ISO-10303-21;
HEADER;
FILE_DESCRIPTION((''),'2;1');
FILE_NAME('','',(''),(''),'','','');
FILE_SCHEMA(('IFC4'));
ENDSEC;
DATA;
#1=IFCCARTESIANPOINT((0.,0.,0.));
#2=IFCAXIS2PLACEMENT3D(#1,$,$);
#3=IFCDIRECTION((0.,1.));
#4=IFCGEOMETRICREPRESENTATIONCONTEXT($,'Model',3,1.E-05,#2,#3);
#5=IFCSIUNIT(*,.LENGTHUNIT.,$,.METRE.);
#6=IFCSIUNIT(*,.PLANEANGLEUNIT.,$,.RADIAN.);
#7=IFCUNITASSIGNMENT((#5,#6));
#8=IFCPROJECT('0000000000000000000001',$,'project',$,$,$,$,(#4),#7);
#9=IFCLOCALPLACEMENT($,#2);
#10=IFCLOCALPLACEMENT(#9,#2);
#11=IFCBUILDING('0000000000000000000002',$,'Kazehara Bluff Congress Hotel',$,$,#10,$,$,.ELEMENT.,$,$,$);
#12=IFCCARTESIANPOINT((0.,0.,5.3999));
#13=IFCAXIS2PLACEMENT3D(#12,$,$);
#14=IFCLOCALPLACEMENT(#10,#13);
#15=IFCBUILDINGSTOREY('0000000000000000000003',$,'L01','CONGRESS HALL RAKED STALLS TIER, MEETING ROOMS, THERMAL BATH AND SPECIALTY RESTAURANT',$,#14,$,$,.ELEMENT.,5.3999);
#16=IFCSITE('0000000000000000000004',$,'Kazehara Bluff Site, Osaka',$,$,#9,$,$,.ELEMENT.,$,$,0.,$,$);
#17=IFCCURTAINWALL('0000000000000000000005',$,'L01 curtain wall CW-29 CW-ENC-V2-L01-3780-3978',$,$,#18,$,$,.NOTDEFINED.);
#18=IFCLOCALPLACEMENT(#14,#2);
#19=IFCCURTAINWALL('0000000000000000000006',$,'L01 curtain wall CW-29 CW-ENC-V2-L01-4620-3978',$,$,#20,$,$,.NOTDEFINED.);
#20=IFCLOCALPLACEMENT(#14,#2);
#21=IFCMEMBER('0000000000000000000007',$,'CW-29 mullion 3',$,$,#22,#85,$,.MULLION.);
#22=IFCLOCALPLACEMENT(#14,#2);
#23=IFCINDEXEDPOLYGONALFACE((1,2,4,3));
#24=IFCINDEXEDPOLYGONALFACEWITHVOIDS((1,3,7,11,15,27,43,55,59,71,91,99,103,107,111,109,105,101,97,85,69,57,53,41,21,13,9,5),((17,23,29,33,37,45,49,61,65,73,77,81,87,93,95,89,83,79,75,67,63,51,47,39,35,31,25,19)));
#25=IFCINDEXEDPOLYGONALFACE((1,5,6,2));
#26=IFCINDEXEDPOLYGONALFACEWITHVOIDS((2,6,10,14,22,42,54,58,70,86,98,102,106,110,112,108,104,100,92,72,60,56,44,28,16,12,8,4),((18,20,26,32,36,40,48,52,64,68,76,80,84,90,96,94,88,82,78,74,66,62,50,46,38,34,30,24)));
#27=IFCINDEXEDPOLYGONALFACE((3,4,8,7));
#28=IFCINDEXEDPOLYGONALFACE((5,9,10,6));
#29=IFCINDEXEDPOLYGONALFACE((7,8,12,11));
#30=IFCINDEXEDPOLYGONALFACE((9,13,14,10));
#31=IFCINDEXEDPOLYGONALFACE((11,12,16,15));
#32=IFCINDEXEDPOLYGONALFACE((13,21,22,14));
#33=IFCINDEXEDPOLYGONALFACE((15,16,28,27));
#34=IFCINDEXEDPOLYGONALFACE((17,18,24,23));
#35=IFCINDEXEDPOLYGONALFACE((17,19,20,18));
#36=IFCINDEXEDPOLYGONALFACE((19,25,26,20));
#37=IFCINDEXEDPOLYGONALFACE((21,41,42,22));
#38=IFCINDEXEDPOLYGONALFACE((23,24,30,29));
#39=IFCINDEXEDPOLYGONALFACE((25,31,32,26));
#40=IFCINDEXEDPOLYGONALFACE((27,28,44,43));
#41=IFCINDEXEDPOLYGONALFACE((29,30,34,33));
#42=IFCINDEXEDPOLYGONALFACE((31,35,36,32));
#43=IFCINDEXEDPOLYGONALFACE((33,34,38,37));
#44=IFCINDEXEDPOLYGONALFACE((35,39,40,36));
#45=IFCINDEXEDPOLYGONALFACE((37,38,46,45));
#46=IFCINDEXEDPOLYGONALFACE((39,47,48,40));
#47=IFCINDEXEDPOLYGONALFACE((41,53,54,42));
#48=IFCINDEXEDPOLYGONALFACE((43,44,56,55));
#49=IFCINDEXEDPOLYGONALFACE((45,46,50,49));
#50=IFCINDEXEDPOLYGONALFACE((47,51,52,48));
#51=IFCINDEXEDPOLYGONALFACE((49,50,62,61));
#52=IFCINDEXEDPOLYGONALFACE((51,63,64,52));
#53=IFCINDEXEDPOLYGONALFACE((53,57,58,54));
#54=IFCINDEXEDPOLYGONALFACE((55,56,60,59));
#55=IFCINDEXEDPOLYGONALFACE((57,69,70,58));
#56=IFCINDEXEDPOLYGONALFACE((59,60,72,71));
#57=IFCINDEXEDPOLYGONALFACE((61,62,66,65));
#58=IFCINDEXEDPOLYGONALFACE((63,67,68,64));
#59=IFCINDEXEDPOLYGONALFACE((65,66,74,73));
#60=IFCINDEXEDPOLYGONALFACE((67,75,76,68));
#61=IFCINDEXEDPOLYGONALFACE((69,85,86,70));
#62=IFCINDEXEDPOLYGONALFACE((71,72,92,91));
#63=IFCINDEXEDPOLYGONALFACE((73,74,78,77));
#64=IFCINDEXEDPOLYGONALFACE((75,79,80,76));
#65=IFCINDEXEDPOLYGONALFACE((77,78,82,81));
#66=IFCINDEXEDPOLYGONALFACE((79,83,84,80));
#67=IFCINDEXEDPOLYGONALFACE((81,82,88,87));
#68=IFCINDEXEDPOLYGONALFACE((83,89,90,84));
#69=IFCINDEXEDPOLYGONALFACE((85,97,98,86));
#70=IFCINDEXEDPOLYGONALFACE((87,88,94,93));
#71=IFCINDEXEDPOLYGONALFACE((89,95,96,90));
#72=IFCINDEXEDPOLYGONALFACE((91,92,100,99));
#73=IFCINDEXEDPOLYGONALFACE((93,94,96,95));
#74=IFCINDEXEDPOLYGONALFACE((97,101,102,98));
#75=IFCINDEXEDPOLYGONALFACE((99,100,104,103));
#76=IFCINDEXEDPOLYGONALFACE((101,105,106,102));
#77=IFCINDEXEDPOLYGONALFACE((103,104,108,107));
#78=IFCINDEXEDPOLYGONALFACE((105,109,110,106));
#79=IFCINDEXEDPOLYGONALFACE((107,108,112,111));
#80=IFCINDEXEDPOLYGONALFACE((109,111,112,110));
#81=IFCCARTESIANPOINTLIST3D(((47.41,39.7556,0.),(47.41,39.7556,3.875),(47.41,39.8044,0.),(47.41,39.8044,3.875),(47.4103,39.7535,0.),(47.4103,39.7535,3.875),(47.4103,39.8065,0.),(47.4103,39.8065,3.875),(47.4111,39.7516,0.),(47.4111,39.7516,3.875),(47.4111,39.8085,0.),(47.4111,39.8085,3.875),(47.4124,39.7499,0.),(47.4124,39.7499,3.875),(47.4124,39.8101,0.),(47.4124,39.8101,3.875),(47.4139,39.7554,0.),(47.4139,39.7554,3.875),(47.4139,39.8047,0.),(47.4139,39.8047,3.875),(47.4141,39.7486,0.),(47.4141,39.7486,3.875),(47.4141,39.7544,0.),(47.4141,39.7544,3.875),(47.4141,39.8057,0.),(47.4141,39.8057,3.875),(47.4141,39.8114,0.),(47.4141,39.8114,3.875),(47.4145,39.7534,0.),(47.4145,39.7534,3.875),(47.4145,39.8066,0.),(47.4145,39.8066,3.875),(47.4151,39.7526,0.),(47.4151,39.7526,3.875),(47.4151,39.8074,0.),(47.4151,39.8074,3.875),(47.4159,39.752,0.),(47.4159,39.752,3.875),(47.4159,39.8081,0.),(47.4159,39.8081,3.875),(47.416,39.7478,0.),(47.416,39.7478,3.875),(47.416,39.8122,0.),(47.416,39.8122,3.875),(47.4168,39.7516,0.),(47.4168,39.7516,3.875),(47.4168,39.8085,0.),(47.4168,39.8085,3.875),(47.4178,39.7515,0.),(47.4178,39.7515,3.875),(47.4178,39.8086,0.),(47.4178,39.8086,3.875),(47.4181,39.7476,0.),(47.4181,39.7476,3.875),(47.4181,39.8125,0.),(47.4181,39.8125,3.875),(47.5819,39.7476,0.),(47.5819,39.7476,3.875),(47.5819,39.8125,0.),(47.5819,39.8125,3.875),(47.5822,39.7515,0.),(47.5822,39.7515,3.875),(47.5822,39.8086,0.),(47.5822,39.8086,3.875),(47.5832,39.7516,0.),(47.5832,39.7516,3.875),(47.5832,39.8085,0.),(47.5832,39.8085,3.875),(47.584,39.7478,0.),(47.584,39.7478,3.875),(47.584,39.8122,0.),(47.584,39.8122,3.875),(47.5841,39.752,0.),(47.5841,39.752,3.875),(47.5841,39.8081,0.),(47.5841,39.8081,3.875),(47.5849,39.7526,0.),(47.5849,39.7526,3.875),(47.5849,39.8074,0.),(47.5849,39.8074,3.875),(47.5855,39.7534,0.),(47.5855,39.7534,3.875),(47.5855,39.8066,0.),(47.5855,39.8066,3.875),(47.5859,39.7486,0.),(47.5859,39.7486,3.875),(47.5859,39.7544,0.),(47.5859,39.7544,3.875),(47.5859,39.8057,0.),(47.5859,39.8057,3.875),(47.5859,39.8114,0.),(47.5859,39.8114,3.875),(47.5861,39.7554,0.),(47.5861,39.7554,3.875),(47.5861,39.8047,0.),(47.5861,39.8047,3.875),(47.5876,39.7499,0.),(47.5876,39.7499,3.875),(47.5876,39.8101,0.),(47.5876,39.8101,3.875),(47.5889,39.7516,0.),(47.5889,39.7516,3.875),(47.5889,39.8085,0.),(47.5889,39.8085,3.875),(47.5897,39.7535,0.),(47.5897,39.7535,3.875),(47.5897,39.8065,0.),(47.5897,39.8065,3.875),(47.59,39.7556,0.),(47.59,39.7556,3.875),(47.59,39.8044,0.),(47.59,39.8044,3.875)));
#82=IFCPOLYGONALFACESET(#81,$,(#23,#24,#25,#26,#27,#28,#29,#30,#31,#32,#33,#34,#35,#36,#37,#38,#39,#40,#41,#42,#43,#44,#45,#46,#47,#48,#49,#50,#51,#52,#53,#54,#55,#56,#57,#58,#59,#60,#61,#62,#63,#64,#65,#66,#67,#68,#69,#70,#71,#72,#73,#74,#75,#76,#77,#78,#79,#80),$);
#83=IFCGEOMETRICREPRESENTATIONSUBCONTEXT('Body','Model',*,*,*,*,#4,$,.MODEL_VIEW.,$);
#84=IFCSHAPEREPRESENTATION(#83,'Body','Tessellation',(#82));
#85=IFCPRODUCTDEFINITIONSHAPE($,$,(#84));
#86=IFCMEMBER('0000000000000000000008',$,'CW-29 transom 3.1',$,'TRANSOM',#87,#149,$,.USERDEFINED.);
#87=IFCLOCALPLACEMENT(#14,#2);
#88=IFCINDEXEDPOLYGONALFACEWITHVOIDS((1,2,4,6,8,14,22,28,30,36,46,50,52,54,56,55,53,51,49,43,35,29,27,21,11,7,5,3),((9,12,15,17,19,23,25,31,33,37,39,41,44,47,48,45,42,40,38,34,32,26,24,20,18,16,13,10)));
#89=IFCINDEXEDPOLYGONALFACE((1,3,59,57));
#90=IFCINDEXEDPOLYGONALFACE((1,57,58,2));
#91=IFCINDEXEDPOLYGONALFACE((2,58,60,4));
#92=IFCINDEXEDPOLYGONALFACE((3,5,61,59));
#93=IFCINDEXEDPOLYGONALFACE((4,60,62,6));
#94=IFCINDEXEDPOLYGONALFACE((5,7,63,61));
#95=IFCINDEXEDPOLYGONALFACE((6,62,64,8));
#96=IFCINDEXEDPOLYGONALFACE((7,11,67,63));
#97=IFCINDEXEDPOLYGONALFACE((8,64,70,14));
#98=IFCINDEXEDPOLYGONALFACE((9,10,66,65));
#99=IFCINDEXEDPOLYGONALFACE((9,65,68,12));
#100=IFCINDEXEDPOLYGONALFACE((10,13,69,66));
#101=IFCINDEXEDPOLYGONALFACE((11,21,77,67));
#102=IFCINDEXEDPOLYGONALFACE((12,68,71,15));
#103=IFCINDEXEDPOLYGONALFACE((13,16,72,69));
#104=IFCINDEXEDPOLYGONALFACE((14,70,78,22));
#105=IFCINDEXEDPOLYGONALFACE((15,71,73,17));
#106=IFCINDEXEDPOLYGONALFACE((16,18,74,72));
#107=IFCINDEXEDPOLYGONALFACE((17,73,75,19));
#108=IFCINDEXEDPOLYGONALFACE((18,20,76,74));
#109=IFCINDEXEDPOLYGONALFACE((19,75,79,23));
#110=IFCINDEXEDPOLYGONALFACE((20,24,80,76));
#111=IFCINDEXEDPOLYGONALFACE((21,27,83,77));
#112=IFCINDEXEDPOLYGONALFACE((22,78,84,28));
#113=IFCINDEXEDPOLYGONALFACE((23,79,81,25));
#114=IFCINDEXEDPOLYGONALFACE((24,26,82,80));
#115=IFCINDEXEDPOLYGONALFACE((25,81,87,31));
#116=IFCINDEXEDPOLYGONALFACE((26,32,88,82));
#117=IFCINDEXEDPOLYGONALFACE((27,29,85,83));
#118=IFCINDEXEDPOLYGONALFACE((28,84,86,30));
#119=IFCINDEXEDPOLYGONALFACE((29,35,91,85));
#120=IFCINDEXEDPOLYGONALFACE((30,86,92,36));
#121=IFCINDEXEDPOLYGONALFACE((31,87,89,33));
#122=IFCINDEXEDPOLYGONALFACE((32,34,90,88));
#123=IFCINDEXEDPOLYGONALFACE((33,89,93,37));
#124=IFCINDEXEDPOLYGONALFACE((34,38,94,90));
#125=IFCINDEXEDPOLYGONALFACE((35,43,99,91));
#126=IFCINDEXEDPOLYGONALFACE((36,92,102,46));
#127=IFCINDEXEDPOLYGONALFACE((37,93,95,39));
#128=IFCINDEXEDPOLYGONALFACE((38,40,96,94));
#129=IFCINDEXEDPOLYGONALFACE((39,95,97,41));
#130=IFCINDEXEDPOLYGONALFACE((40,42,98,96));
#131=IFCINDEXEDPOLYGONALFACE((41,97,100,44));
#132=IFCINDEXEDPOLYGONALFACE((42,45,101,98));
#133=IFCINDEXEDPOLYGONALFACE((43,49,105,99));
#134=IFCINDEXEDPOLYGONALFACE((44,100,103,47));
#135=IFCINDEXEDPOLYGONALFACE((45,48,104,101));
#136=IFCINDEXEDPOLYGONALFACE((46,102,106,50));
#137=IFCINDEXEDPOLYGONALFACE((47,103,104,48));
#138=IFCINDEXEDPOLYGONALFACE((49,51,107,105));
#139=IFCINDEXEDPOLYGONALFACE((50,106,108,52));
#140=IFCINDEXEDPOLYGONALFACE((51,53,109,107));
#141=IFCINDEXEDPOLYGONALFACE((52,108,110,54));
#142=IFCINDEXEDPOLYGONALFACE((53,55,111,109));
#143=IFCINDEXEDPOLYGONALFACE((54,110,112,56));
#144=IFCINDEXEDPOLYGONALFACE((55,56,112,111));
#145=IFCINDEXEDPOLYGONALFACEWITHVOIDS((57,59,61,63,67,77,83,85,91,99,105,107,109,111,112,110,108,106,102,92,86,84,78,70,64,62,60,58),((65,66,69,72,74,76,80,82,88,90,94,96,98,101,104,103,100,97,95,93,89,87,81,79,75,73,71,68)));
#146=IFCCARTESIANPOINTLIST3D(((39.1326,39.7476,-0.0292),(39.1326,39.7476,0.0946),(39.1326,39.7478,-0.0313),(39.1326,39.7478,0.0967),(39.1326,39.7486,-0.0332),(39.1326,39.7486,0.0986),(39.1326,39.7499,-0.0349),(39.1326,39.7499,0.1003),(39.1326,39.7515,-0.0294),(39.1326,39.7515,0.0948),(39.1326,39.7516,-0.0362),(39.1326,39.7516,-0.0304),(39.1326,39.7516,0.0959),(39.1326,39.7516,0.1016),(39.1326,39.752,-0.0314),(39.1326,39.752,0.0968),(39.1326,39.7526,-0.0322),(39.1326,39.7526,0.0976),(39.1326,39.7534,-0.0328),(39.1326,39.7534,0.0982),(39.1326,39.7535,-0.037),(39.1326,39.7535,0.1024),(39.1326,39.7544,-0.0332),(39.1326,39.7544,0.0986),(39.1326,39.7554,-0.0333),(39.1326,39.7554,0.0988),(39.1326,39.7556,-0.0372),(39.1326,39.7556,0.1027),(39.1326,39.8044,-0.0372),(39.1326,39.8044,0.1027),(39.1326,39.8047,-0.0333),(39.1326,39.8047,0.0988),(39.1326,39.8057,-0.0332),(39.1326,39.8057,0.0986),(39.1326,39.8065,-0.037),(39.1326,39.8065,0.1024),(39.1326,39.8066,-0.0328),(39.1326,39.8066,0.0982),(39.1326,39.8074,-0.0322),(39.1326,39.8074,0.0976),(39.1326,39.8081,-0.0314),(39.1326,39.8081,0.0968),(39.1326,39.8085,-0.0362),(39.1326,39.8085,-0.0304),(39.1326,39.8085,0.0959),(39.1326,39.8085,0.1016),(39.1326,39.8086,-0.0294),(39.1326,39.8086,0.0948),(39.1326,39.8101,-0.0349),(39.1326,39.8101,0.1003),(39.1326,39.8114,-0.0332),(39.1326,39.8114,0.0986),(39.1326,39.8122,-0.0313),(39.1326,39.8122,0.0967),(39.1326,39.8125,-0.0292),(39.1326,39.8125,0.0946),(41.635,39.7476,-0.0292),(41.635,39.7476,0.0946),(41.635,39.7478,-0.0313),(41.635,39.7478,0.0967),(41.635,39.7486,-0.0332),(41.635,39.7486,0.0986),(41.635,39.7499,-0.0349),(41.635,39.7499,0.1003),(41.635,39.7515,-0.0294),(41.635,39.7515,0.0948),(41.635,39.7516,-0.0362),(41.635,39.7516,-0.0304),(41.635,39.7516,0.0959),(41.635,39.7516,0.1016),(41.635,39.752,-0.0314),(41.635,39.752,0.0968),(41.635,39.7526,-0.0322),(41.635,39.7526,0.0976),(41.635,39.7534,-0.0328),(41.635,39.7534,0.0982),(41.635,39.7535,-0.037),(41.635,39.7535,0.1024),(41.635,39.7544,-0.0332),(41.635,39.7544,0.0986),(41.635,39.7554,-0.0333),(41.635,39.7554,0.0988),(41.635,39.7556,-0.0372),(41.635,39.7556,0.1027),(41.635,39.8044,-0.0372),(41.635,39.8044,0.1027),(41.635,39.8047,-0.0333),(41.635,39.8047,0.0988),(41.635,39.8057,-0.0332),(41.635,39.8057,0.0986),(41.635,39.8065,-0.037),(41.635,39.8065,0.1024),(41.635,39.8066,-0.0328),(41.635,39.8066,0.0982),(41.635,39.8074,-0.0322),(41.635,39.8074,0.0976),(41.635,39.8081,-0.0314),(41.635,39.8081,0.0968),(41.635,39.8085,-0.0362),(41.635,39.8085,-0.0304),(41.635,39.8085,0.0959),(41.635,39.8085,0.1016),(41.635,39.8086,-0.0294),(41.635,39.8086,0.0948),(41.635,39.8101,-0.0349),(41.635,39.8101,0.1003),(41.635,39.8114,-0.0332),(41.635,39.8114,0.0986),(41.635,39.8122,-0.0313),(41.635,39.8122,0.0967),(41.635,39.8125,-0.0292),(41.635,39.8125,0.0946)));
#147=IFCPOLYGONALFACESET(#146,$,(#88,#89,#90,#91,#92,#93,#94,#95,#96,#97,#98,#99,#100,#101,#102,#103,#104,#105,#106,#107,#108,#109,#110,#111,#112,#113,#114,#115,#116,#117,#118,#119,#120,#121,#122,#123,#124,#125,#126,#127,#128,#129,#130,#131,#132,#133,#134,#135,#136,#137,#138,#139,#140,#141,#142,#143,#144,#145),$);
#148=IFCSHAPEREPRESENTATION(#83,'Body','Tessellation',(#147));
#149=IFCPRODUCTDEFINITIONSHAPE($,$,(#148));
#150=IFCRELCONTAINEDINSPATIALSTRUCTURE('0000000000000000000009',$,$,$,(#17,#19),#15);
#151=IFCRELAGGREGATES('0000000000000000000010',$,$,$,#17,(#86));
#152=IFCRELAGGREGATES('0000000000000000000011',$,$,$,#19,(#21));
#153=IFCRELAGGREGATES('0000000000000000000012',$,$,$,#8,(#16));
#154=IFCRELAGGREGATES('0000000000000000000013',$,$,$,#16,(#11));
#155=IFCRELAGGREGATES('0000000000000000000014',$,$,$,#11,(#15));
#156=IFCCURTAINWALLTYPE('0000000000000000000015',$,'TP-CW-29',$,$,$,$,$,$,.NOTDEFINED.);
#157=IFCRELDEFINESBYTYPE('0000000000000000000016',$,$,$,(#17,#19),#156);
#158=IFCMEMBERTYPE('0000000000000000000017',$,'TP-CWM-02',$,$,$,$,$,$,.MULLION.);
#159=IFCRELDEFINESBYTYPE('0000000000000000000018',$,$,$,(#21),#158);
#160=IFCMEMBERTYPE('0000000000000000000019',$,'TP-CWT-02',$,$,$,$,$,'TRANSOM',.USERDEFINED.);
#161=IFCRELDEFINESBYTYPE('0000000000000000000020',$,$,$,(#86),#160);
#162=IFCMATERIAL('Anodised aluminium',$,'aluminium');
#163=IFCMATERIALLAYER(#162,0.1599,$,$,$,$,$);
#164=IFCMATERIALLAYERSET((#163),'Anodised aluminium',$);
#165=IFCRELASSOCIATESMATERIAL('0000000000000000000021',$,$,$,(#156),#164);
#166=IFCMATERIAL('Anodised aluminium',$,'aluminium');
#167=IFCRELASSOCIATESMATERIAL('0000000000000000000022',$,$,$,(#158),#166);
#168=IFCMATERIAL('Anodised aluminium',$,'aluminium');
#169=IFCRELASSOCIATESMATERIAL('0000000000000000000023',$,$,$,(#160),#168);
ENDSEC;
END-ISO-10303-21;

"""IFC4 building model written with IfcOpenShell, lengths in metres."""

from ifc_helpers import new_model, si_unit, direction, frame, origin, origin_2d, place, context, subcontext, project, spatial, hollow_rectangle, extrude, material, layer, layer_set, material_profile, profile_set, type_object, element, aggregate, save


model = new_model("IFC4")

# Units and contexts
model_context = context("Model", 3, precision=1e-05, world=origin(), true_north=direction((0.0, 1.0)))
body_context = subcontext(model_context, "Body", "Model", "MODEL_VIEW")
ifc_project = project(units=[si_unit("LENGTHUNIT", "METRE"), si_unit("PLANEANGLEUNIT", "RADIAN")], contexts=[model_context])

# Site, building, storey
site_placement = place(None, origin())
site = spatial("IfcSite", under=ifc_project, at=site_placement, Name="Kazehara Bluff Site, Osaka", CompositionType="ELEMENT", RefElevation=0.0)
building_placement = place(site_placement, origin())
building = spatial("IfcBuilding", under=site, at=building_placement, Name="Kazehara Bluff Congress Hotel", CompositionType="ELEMENT")
storey_placement = place(building_placement, frame((0.0, 0.0, 5.3999)))
storey = spatial("IfcBuildingStorey", under=building, at=storey_placement, Name="L01", Description="CONGRESS HALL RAKED STALLS TIER, MEETING ROOMS, THERMAL BATH AND SPECIALTY RESTAURANT", CompositionType="ELEMENT", Elevation=5.3999)

# Curtain walls, member
ifc_material_1 = material(Name="Anodised aluminium", Category="aluminium")
ifc_layer_1 = layer(ifc_material_1, 0.1599)
ifc_layer_set_1 = layer_set([ifc_layer_1], Name="Anodised aluminium")
curtain_wall_type = type_object("IfcCurtainWallType", Name="TP-CW-29", PredefinedType="NOTDEFINED", material=ifc_layer_set_1)
curtain_wall_1_placement = place(storey_placement, origin())
curtain_wall_1 = element("IfcCurtainWall", 1, at=curtain_wall_1_placement, inside=storey, type_object=curtain_wall_type, Name="L01 curtain wall CW-29 CW-ENC-V2-L01-3780-3978", PredefinedType="NOTDEFINED")
ifc_material_2 = material(Name="Anodised aluminium", Category="aluminium")
ifc_material_profile_1 = material_profile(ifc_material_2, hollow_rectangle(XDim=0.0649, YDim=0.1799, WallThickness=0.0039, InnerFilletRadius=0.0039, OuterFilletRadius=0.0081, at=origin_2d()))
ifc_profile_set_1 = profile_set([ifc_material_profile_1], Name="Anodised aluminium")
member_type_1 = type_object("IfcMemberType", Name="TP-CWM-02", PredefinedType="MULLION", material=ifc_profile_set_1)
curtain_wall_2_placement = place(storey_placement, origin())
curtain_wall_2 = element("IfcCurtainWall", 2, at=curtain_wall_2_placement, inside=storey, type_object=curtain_wall_type, Name="L01 curtain wall CW-29 CW-ENC-V2-L01-4620-3978", PredefinedType="NOTDEFINED")
member_1_placement = place(storey_placement, frame((47.5, 39.78, 0.0), z_axis=(0.0, 0.0, 1.0), x_axis=(0.0, 1.0, 0.0)))
member_1 = element("IfcMember", 3, at=member_1_placement, type_object=member_type_1, Name="CW-29 mullion 3", PredefinedType="MULLION", context=body_context, shape_type="SweptSolid", body=[
    extrude(hollow_rectangle(XDim=0.0649, YDim=0.1799, WallThickness=0.0039, InnerFilletRadius=0.0039, OuterFilletRadius=0.0081, at=origin_2d()), origin(), (0.0, 0.0, 1.0), 3.875),
])

# Member
ifc_material_3 = material(Name="Anodised aluminium", Category="aluminium")
ifc_material_profile_2 = material_profile(ifc_material_3, hollow_rectangle(XDim=0.0649, YDim=0.1399, WallThickness=0.0039, InnerFilletRadius=0.0039, OuterFilletRadius=0.0081, at=origin_2d()))
ifc_profile_set_2 = profile_set([ifc_material_profile_2], Name="Anodised aluminium")
member_type_2 = type_object("IfcMemberType", Name="TP-CWT-02", ElementType="TRANSOM", PredefinedType="USERDEFINED", material=ifc_profile_set_2)
member_2_placement = place(storey_placement, frame((39.1326, 39.78, 0.0327), z_axis=(1.0, 0.0, 0.0), x_axis=(0.0, 1.0, 0.0)))
member_2 = element("IfcMember", 4, at=member_2_placement, type_object=member_type_2, Name="CW-29 transom 3.1", ObjectType="TRANSOM", PredefinedType="USERDEFINED", context=body_context, shape_type="SweptSolid", body=[
    extrude(hollow_rectangle(XDim=0.0649, YDim=0.1399, WallThickness=0.0039, InnerFilletRadius=0.0039, OuterFilletRadius=0.0081, at=origin_2d()), origin(), (0.0, 0.0, 1.0), 2.5024),
])

aggregate(curtain_wall_1, [member_2])
aggregate(curtain_wall_2, [member_1])

save(model, "model.ifc")
